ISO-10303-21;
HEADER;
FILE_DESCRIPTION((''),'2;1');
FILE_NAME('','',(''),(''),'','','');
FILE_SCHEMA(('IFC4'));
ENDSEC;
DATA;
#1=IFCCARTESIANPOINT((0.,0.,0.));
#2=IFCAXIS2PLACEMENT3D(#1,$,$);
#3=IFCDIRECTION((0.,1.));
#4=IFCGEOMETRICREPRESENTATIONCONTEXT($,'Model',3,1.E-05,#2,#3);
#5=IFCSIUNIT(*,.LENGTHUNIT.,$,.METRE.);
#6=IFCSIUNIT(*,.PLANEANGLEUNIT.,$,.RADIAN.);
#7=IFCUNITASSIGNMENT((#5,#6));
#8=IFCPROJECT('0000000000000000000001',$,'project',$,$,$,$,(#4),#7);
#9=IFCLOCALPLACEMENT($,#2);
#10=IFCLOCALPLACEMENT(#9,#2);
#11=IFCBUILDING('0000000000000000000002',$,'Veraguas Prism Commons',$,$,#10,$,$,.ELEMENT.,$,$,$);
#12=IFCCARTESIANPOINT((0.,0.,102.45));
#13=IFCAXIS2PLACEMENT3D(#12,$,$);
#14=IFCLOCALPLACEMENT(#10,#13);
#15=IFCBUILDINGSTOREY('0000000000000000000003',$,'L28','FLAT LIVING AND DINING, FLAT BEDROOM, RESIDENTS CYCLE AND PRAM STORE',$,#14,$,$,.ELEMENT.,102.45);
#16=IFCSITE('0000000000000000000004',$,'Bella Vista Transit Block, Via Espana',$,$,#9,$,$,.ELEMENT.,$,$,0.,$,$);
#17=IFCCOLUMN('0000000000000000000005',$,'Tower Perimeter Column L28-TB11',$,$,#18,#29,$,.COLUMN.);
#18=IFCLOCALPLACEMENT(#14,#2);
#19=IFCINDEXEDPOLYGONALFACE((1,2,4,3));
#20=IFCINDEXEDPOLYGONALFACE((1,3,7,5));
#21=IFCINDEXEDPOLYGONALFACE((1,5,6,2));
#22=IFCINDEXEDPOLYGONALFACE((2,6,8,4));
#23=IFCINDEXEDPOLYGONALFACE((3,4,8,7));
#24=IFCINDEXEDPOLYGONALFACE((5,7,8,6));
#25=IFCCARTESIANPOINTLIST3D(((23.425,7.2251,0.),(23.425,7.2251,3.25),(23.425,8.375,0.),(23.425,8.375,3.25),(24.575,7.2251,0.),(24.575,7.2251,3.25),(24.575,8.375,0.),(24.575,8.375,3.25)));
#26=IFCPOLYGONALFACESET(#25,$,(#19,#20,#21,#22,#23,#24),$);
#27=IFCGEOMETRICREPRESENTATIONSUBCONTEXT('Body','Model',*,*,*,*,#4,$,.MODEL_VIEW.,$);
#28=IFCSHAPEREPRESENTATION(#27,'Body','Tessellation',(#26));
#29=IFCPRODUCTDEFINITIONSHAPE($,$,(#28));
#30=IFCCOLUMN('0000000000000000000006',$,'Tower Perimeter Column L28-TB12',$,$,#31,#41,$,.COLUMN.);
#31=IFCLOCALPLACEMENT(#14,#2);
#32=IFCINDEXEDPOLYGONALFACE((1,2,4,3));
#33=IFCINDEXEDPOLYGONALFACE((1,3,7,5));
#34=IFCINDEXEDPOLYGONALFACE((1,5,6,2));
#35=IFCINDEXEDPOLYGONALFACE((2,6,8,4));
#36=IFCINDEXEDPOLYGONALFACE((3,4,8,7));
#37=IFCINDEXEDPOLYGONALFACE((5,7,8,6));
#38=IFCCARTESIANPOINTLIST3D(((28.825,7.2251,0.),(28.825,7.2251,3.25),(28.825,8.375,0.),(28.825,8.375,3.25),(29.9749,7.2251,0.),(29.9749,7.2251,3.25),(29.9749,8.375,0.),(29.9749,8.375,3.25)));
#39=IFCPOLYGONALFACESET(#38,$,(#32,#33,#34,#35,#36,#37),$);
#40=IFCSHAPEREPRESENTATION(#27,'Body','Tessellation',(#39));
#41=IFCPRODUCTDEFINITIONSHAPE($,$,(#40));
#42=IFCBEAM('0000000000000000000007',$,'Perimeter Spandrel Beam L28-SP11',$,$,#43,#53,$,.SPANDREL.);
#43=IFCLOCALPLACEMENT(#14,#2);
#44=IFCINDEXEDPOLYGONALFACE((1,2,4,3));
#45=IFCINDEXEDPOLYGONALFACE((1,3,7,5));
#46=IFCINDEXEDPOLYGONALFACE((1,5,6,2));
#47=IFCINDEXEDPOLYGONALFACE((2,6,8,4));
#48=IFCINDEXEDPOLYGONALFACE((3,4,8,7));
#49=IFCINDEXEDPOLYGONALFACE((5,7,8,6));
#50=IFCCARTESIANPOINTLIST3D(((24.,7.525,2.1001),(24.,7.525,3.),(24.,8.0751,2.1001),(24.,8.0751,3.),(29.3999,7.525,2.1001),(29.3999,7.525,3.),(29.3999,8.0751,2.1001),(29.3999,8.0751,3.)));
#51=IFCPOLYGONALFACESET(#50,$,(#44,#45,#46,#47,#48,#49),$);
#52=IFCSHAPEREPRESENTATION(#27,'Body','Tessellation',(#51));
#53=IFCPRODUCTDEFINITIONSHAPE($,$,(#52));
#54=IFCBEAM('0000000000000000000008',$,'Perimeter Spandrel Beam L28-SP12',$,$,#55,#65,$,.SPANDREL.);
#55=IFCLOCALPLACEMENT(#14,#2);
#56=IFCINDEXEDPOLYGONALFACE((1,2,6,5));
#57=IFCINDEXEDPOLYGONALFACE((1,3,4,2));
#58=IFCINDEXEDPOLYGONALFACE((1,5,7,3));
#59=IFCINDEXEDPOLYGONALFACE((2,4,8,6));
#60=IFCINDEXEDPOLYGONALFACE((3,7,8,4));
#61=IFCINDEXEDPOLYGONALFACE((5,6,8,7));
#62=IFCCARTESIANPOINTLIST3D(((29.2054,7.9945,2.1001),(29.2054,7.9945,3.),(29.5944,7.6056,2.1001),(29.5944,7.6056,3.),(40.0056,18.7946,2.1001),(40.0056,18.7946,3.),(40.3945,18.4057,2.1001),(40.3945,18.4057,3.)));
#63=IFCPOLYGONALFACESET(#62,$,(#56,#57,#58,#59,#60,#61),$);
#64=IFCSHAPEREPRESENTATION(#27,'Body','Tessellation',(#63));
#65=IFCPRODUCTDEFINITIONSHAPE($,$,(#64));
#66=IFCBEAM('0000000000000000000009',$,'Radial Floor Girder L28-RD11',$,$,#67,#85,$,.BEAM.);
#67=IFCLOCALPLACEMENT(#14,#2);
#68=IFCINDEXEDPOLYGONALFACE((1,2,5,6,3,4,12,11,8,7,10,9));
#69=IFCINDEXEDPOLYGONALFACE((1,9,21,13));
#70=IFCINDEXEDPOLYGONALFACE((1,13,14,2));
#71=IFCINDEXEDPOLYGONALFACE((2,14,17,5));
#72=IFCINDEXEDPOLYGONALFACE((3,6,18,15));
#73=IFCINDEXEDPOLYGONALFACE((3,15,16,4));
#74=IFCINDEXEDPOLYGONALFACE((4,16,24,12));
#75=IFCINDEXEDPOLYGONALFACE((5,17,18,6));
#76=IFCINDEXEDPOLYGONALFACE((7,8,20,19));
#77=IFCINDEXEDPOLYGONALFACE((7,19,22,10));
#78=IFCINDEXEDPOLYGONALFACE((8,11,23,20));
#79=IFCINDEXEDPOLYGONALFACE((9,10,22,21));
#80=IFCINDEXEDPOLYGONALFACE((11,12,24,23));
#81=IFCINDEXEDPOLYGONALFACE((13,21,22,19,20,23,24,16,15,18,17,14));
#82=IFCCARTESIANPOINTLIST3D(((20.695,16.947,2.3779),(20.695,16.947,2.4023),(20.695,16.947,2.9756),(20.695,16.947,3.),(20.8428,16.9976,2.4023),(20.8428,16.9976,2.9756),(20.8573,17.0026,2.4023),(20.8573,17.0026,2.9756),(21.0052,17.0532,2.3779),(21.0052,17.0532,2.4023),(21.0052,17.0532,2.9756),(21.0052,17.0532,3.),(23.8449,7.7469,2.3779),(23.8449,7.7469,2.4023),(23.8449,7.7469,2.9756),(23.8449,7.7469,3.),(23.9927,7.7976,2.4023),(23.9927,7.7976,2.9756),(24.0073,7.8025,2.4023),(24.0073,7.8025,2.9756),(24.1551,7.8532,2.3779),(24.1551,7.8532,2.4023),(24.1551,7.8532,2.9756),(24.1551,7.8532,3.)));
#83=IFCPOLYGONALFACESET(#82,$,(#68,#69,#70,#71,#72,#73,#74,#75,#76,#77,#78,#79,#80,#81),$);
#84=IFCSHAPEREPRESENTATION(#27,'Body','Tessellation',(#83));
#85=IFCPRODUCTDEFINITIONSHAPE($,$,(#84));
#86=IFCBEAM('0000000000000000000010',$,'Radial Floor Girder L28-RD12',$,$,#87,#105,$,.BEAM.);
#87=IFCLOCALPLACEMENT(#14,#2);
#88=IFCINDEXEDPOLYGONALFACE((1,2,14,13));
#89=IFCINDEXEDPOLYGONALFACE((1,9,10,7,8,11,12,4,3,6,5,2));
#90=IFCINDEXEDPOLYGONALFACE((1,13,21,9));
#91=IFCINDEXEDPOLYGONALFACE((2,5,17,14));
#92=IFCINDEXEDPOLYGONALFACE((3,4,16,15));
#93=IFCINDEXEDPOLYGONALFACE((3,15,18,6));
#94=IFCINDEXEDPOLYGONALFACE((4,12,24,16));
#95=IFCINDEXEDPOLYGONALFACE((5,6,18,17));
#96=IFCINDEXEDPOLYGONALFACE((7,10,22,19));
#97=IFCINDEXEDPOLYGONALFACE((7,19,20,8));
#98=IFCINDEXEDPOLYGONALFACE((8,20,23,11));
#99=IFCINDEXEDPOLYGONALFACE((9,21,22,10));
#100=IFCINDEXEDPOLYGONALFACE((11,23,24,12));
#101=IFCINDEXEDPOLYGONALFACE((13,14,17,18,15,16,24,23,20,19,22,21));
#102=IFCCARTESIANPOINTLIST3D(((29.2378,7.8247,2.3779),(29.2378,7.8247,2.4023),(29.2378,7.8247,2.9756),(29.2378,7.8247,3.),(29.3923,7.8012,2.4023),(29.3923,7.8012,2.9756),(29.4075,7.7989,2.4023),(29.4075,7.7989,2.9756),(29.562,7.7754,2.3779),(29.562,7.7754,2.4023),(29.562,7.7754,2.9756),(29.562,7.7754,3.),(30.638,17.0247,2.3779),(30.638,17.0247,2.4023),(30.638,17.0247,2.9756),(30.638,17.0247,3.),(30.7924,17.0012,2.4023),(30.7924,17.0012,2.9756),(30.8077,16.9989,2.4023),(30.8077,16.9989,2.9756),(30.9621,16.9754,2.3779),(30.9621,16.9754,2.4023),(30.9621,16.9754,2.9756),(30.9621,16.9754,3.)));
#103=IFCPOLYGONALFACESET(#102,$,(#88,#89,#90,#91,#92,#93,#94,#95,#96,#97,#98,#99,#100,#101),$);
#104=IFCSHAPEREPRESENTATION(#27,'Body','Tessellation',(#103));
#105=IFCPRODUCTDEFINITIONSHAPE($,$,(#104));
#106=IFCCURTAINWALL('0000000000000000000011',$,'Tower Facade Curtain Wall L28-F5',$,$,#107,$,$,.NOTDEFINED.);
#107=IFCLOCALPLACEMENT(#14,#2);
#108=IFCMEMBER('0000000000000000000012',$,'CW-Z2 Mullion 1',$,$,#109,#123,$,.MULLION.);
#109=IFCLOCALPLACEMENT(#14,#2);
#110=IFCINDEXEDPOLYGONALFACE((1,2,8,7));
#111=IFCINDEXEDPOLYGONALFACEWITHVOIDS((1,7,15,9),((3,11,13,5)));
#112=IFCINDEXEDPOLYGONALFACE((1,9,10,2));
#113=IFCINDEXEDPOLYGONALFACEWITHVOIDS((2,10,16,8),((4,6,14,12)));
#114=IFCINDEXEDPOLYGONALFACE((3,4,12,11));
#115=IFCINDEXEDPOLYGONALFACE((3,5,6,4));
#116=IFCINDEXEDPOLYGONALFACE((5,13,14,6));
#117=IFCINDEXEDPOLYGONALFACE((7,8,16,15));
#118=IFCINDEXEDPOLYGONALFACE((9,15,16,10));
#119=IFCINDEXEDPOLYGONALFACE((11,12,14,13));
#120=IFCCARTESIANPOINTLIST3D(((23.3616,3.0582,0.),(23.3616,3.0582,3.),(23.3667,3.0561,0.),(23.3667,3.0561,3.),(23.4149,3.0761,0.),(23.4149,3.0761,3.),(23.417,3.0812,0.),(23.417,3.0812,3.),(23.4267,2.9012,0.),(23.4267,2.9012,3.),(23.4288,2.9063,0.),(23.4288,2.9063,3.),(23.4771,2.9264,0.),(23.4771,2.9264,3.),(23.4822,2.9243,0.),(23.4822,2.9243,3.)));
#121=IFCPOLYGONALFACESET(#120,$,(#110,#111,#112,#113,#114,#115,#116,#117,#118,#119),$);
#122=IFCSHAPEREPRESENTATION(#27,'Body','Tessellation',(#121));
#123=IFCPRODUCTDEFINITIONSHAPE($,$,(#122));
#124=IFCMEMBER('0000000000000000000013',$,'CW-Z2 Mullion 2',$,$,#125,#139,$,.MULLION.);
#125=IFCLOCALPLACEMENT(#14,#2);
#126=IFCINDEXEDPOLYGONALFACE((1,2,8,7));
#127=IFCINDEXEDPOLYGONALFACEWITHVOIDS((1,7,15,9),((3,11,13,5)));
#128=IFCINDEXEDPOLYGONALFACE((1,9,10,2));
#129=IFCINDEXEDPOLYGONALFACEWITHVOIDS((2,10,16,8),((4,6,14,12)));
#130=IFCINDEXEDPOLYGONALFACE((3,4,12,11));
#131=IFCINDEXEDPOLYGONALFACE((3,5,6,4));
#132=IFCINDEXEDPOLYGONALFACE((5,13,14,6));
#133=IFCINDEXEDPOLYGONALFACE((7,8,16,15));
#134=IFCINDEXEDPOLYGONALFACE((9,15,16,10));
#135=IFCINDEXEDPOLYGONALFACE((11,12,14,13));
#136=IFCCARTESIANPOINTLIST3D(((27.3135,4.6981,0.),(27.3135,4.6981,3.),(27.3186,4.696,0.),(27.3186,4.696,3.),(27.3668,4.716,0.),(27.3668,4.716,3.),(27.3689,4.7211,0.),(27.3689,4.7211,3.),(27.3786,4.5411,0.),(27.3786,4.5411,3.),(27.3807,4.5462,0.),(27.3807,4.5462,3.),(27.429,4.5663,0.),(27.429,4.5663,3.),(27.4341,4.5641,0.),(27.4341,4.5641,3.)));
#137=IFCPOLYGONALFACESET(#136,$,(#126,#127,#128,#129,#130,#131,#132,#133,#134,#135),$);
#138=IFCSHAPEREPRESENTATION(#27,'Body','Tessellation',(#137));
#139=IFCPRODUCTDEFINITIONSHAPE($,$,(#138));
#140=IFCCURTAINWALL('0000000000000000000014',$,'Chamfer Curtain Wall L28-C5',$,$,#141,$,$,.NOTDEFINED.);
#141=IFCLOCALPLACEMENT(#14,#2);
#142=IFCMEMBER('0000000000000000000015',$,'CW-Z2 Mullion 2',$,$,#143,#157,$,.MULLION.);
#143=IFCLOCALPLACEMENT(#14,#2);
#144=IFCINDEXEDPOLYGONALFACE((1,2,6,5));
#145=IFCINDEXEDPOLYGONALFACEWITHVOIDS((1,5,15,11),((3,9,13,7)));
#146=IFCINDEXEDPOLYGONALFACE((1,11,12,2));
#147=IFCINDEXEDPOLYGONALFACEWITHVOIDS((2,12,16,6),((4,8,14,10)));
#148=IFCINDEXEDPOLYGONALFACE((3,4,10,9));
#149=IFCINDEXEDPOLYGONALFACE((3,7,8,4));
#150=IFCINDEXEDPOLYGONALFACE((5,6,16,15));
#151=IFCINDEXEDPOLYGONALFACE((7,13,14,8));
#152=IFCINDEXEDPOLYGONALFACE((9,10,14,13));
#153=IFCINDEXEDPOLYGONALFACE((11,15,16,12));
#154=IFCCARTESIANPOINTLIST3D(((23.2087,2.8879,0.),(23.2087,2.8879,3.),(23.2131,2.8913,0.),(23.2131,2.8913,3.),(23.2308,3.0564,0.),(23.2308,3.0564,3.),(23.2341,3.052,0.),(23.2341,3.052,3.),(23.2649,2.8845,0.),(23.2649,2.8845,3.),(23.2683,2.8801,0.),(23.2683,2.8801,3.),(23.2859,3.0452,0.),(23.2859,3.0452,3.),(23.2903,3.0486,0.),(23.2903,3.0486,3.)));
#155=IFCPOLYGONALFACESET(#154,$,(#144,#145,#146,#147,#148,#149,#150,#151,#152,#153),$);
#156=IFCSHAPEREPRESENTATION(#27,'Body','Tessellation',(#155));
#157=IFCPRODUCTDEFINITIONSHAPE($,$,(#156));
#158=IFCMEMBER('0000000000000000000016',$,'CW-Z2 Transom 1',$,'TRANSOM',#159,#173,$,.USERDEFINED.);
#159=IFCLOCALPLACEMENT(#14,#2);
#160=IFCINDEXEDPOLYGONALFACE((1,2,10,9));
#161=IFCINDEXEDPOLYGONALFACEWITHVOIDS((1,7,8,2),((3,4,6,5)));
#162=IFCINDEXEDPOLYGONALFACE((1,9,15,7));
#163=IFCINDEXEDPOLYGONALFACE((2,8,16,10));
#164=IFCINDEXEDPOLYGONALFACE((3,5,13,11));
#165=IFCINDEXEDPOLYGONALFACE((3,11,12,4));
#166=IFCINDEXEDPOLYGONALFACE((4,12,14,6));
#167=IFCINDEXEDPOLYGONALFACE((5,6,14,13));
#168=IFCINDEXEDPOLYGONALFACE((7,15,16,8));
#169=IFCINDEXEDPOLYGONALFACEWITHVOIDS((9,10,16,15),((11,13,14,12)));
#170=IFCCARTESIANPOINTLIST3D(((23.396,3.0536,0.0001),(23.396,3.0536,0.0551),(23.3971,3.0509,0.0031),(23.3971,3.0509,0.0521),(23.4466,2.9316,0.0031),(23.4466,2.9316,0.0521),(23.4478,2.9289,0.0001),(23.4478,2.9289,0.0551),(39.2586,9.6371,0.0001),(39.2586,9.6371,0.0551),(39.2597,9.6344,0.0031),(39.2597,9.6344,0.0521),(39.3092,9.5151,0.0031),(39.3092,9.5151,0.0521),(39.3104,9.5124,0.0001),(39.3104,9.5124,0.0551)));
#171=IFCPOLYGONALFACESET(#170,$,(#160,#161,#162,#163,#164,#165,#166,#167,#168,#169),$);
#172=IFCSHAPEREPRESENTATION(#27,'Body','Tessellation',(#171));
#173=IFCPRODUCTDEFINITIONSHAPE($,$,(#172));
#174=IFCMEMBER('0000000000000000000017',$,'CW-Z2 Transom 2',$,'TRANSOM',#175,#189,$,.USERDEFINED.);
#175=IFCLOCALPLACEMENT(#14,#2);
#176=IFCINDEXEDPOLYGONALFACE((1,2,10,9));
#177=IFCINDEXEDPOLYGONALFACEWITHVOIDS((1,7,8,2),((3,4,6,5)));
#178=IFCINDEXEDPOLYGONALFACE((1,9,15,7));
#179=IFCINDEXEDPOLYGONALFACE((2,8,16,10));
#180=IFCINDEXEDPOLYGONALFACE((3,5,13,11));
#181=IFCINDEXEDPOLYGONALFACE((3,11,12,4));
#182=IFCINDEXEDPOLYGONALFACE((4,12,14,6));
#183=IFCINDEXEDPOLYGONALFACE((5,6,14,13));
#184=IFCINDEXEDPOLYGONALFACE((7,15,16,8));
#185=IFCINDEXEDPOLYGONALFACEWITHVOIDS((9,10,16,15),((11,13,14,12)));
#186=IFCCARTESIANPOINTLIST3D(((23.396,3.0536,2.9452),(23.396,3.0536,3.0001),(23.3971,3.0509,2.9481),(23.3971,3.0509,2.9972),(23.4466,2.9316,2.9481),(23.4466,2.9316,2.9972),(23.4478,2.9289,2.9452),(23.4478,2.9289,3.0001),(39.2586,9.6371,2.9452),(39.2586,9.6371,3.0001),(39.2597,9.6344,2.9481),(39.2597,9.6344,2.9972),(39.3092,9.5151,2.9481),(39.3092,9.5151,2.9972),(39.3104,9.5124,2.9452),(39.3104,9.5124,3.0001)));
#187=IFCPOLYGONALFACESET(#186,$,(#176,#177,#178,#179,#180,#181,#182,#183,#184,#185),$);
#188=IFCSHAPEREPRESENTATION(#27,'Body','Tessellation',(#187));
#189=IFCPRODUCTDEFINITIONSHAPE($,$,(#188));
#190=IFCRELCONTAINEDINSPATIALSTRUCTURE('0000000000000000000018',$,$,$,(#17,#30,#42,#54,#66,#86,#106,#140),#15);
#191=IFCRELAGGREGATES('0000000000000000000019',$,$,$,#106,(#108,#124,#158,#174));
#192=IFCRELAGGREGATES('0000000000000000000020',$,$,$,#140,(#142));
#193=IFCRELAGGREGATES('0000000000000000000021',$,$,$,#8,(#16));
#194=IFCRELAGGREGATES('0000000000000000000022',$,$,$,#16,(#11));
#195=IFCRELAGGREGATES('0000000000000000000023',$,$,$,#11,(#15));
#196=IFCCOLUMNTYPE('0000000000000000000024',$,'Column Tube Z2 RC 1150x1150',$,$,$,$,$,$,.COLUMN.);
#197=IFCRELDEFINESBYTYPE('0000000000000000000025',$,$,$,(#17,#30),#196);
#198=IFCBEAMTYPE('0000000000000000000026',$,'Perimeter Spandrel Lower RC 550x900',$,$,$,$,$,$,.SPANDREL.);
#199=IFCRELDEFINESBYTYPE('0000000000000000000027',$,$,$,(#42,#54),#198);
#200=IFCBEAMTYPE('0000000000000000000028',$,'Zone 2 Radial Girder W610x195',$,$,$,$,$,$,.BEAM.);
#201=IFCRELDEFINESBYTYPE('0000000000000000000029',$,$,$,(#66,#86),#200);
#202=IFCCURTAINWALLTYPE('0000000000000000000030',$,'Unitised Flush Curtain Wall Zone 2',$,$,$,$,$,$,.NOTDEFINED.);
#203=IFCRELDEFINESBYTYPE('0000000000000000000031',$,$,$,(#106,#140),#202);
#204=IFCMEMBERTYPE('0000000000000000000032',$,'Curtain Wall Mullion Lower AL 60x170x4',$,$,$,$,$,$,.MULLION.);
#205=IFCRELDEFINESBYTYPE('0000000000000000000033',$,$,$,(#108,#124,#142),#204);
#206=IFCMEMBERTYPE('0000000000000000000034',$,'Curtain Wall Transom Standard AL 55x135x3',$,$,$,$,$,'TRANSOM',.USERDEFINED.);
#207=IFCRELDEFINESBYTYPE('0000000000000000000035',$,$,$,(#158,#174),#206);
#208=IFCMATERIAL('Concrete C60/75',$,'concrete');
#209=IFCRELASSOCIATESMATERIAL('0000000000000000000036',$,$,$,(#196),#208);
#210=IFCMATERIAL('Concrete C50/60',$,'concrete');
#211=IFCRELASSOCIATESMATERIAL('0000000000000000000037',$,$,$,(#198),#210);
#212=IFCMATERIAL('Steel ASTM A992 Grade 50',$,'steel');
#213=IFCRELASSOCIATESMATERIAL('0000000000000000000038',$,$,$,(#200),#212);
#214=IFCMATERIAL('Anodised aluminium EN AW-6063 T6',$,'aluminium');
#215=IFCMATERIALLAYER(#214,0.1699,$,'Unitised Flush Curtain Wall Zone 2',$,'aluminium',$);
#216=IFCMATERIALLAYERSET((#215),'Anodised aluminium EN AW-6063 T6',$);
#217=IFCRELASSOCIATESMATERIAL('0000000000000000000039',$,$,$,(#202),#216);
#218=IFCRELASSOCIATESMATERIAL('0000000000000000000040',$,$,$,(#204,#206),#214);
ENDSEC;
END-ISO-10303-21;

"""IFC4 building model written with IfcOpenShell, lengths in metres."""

from ifc_helpers import new_model, si_unit, direction, frame, origin, origin_2d, place, context, subcontext, project, spatial, rectangle, hollow_rectangle, i_section, extrude, source, transform, mapped, material, layer, layer_set, material_profile, profile_set, type_object, element, aggregate, save


model = new_model("IFC4")

# Units and contexts
model_context = context("Model", 3, precision=1e-05, world=origin(), true_north=direction((0.0, 1.0)))
body_context = subcontext(model_context, "Body", "Model", "MODEL_VIEW")
ifc_project = project(units=[si_unit("LENGTHUNIT", "METRE"), si_unit("PLANEANGLEUNIT", "RADIAN")], contexts=[model_context])

# Site, building, storey
site_placement = place(None, origin())
site = spatial("IfcSite", under=ifc_project, at=site_placement, Name="Bella Vista Transit Block, Via Espana", CompositionType="ELEMENT", RefElevation=0.0)
building_placement = place(site_placement, origin())
building = spatial("IfcBuilding", under=site, at=building_placement, Name="Veraguas Prism Commons", CompositionType="ELEMENT")
storey_placement = place(building_placement, frame((0.0, 0.0, 102.45)))
storey = spatial("IfcBuildingStorey", under=building, at=storey_placement, Name="L28", Description="FLAT LIVING AND DINING, FLAT BEDROOM, RESIDENTS CYCLE AND PRAM STORE", CompositionType="ELEMENT", Elevation=102.45)

# Columns
ifc_material_1 = material(Name="Concrete C60/75", Category="concrete")
ifc_material_profile_1 = material_profile(ifc_material_1, rectangle(XDim=1.1499, YDim=1.1499, at=origin_2d()), Name="RC1150X1150")
ifc_profile_set_1 = profile_set([ifc_material_profile_1], Name="Concrete C60/75")
column_type = type_object("IfcColumnType", Name="Column Tube Z2 RC 1150x1150", PredefinedType="COLUMN", material=ifc_profile_set_1)
for number, where, z_axis, x_axis, name in (
    (1, (24.0, 7.8, 0.0), (0.0, 0.0, 1.0), (1.0, 0.0, 0.0), "Tower Perimeter Column L28-TB11"),
    (2, (29.3999, 7.8, 0.0), (0.0, 0.0, 1.0), (1.0, 0.0, 0.0), "Tower Perimeter Column L28-TB12"),
):
    element("IfcColumn", number, at=place(storey_placement, frame(where, z_axis=z_axis, x_axis=x_axis)), inside=storey, type_object=column_type, Name=name, PredefinedType="COLUMN", context=body_context, shape_type="SweptSolid", body=[
        extrude(rectangle(XDim=1.1499, YDim=1.1499, at=origin_2d()), origin(), (0.0, 0.0, 1.0), 3.25),
    ])

# Beams
ifc_material_2 = material(Name="Concrete C50/60", Category="concrete")
ifc_material_profile_2 = material_profile(ifc_material_2, rectangle(XDim=0.55, YDim=0.8999, at=origin_2d()), Name="RC550X900")
ifc_profile_set_2 = profile_set([ifc_material_profile_2], Name="Concrete C50/60")
beam_type_1 = type_object("IfcBeamType", Name="Perimeter Spandrel Lower RC 550x900", PredefinedType="SPANDREL", material=ifc_profile_set_2)
beam_1_placement = place(storey_placement, frame((24.0, 7.8, 2.55), z_axis=(1.0, 0.0, 0.0), x_axis=(0.0, 1.0, 0.0)))
element("IfcBeam", 3, at=beam_1_placement, inside=storey, type_object=beam_type_1, Name="Perimeter Spandrel Beam L28-SP11", PredefinedType="SPANDREL", context=body_context, shape_type="SweptSolid", body=[
    extrude(rectangle(XDim=0.55, YDim=0.8999, at=origin_2d()), origin(), (0.0, 0.0, 1.0), 5.3999),
])
beam_2_placement = place(storey_placement, frame((29.3999, 7.8, 2.55), z_axis=(0.707107, 0.707107, 0.0), x_axis=(-0.707107, 0.707107, 0.0)))
element("IfcBeam", 4, at=beam_2_placement, inside=storey, type_object=beam_type_1, Name="Perimeter Spandrel Beam L28-SP12", PredefinedType="SPANDREL", context=body_context, shape_type="SweptSolid", body=[
    extrude(rectangle(XDim=0.55, YDim=0.8999, at=origin_2d()), origin(), (0.0, 0.0, 1.0), 15.2737),
])
ifc_material_3 = material(Name="Steel ASTM A992 Grade 50", Category="steel")
ifc_material_profile_3 = material_profile(ifc_material_3, i_section(OverallWidth=0.3279, OverallDepth=0.6221, WebThickness=0.0154, FlangeThickness=0.0244, at=origin_2d()), Name="W610X195")
ifc_profile_set_3 = profile_set([ifc_material_profile_3], Name="Steel ASTM A992 Grade 50")
beam_type_2 = type_object("IfcBeamType", Name="Zone 2 Radial Girder W610x195", PredefinedType="BEAM", material=ifc_profile_set_3)
beam_3_placement = place(storey_placement, frame((24.0, 7.8, 2.689), z_axis=(-0.323922, 0.946084, 0.0), x_axis=(-0.946084, -0.323922, 0.0)))
element("IfcBeam", 5, at=beam_3_placement, inside=storey, type_object=beam_type_2, Name="Radial Floor Girder L28-RD11", PredefinedType="BEAM", context=body_context, shape_type="SweptSolid", body=[
    extrude(i_section(OverallWidth=0.3279, OverallDepth=0.6221, WebThickness=0.0154, FlangeThickness=0.0244, at=origin_2d()), origin(), (0.0, 0.0, 1.0), 9.7244),
])
beam_4_placement = place(storey_placement, frame((29.3999, 7.8, 2.689), z_axis=(0.150458, 0.988616, 0.0), x_axis=(-0.988616, 0.150458, 0.0)))
element("IfcBeam", 6, at=beam_4_placement, inside=storey, type_object=beam_type_2, Name="Radial Floor Girder L28-RD12", PredefinedType="BEAM", context=body_context, shape_type="SweptSolid", body=[
    extrude(i_section(OverallWidth=0.3279, OverallDepth=0.6221, WebThickness=0.0154, FlangeThickness=0.0244, at=origin_2d()), origin(), (0.0, 0.0, 1.0), 9.3059),
])

# Curtain wall, members
ifc_material_4 = material(Name="Anodised aluminium EN AW-6063 T6", Category="aluminium")
ifc_layer_1 = layer(ifc_material_4, 0.1699, Name="Unitised Flush Curtain Wall Zone 2", Category="aluminium")
ifc_layer_set_1 = layer_set([ifc_layer_1], Name="Anodised aluminium EN AW-6063 T6")
curtain_wall_type = type_object("IfcCurtainWallType", Name="Unitised Flush Curtain Wall Zone 2", PredefinedType="NOTDEFINED", material=ifc_layer_set_1)
curtain_wall_1_placement = place(storey_placement, origin())
curtain_wall_1 = element("IfcCurtainWall", 7, at=curtain_wall_1_placement, inside=storey, type_object=curtain_wall_type, Name="Tower Facade Curtain Wall L28-F5", PredefinedType="NOTDEFINED")
ifc_material_profile_4 = material_profile(ifc_material_4, hollow_rectangle(XDim=0.0601, YDim=0.1699, WallThickness=0.0039, at=origin_2d()), Name="AL60X170X4")
ifc_profile_set_4 = profile_set([ifc_material_profile_4], Name="Anodised aluminium EN AW-6063 T6")
member_type_1 = type_object("IfcMemberType", Name="Curtain Wall Mullion Lower AL 60x170x4", PredefinedType="MULLION", material=ifc_profile_set_4)
shared_shape_1 = source(origin(), body_context, "Body", "SweptSolid", [
    extrude(hollow_rectangle(XDim=0.0601, YDim=0.1699, WallThickness=0.0039, at=origin_2d()), origin(), (0.0, 0.0, 1.0), 3.0),
])
member_1_placement = place(storey_placement, frame((23.4219, 2.9912, 0.0), z_axis=(0.0, 0.0, 1.0), x_axis=(0.923611, 0.383332, 0.0)))
member_1 = element("IfcMember", 8, at=member_1_placement, type_object=member_type_1, Name="CW-Z2 Mullion 1", PredefinedType="MULLION", context=body_context, shape_type="MappedRepresentation", body=[
    mapped(shared_shape_1, transform((0.0, 0.0, 0.0), scale=1.0)),
])
member_2_placement = place(storey_placement, frame((27.3738, 4.6311, 0.0), z_axis=(0.0, 0.0, 1.0), x_axis=(0.923611, 0.383332, 0.0)))
member_2 = element("IfcMember", 9, at=member_2_placement, type_object=member_type_1, Name="CW-Z2 Mullion 2", PredefinedType="MULLION", context=body_context, shape_type="MappedRepresentation", body=[
    mapped(shared_shape_1, transform((0.0, 0.0, 0.0), scale=1.0)),
])

# Curtain wall, member
curtain_wall_2_placement = place(storey_placement, origin())
curtain_wall_2 = element("IfcCurtainWall", 10, at=curtain_wall_2_placement, inside=storey, type_object=curtain_wall_type, Name="Chamfer Curtain Wall L28-C5", PredefinedType="NOTDEFINED")
member_3_placement = place(storey_placement, frame((23.2495, 2.9683, 0.0), z_axis=(0.0, 0.0, 1.0), x_axis=(0.991537, -0.129825, 0.0)))
member_3 = element("IfcMember", 11, at=member_3_placement, type_object=member_type_1, Name="CW-Z2 Mullion 2", PredefinedType="MULLION", context=body_context, shape_type="MappedRepresentation", body=[
    mapped(shared_shape_1, transform((0.0, 0.0, 0.0), scale=1.0)),
])

# Members
ifc_material_profile_5 = material_profile(ifc_material_4, hollow_rectangle(XDim=0.0549, YDim=0.135, WallThickness=0.0029, at=origin_2d()), Name="AL55X135X3")
ifc_profile_set_5 = profile_set([ifc_material_profile_5], Name="Anodised aluminium EN AW-6063 T6")
member_type_2 = type_object("IfcMemberType", Name="Curtain Wall Transom Standard AL 55x135x3", ElementType="TRANSOM", PredefinedType="USERDEFINED", material=ifc_profile_set_5)
shared_shape_2 = source(origin(), body_context, "Body", "SweptSolid", [
    extrude(hollow_rectangle(XDim=0.0549, YDim=0.135, WallThickness=0.0029, at=origin_2d()), origin(), (0.0, 0.0, 1.0), 17.1746),
])
member_4_placement = place(storey_placement, frame((23.4219, 2.9912, 0.0276), z_axis=(0.923611, 0.38333, 0.0), x_axis=(0.0, 0.0, 1.0)))
member_4 = element("IfcMember", 12, at=member_4_placement, type_object=member_type_2, Name="CW-Z2 Transom 1", ObjectType="TRANSOM", PredefinedType="USERDEFINED", context=body_context, shape_type="MappedRepresentation", body=[
    mapped(shared_shape_2, transform((0.0, 0.0, 0.0), scale=1.0)),
])
member_5_placement = place(storey_placement, frame((23.4219, 2.9912, 2.9727), z_axis=(0.923611, 0.38333, 0.0), x_axis=(0.0, 0.0, 1.0)))
member_5 = element("IfcMember", 13, at=member_5_placement, type_object=member_type_2, Name="CW-Z2 Transom 2", ObjectType="TRANSOM", PredefinedType="USERDEFINED", context=body_context, shape_type="MappedRepresentation", body=[
    mapped(shared_shape_2, transform((0.0, 0.0, 0.0), scale=1.0)),
])

aggregate(curtain_wall_1, [member_1, member_2, member_4, member_5])
aggregate(curtain_wall_2, [member_3])

save(model, "model.ifc")
